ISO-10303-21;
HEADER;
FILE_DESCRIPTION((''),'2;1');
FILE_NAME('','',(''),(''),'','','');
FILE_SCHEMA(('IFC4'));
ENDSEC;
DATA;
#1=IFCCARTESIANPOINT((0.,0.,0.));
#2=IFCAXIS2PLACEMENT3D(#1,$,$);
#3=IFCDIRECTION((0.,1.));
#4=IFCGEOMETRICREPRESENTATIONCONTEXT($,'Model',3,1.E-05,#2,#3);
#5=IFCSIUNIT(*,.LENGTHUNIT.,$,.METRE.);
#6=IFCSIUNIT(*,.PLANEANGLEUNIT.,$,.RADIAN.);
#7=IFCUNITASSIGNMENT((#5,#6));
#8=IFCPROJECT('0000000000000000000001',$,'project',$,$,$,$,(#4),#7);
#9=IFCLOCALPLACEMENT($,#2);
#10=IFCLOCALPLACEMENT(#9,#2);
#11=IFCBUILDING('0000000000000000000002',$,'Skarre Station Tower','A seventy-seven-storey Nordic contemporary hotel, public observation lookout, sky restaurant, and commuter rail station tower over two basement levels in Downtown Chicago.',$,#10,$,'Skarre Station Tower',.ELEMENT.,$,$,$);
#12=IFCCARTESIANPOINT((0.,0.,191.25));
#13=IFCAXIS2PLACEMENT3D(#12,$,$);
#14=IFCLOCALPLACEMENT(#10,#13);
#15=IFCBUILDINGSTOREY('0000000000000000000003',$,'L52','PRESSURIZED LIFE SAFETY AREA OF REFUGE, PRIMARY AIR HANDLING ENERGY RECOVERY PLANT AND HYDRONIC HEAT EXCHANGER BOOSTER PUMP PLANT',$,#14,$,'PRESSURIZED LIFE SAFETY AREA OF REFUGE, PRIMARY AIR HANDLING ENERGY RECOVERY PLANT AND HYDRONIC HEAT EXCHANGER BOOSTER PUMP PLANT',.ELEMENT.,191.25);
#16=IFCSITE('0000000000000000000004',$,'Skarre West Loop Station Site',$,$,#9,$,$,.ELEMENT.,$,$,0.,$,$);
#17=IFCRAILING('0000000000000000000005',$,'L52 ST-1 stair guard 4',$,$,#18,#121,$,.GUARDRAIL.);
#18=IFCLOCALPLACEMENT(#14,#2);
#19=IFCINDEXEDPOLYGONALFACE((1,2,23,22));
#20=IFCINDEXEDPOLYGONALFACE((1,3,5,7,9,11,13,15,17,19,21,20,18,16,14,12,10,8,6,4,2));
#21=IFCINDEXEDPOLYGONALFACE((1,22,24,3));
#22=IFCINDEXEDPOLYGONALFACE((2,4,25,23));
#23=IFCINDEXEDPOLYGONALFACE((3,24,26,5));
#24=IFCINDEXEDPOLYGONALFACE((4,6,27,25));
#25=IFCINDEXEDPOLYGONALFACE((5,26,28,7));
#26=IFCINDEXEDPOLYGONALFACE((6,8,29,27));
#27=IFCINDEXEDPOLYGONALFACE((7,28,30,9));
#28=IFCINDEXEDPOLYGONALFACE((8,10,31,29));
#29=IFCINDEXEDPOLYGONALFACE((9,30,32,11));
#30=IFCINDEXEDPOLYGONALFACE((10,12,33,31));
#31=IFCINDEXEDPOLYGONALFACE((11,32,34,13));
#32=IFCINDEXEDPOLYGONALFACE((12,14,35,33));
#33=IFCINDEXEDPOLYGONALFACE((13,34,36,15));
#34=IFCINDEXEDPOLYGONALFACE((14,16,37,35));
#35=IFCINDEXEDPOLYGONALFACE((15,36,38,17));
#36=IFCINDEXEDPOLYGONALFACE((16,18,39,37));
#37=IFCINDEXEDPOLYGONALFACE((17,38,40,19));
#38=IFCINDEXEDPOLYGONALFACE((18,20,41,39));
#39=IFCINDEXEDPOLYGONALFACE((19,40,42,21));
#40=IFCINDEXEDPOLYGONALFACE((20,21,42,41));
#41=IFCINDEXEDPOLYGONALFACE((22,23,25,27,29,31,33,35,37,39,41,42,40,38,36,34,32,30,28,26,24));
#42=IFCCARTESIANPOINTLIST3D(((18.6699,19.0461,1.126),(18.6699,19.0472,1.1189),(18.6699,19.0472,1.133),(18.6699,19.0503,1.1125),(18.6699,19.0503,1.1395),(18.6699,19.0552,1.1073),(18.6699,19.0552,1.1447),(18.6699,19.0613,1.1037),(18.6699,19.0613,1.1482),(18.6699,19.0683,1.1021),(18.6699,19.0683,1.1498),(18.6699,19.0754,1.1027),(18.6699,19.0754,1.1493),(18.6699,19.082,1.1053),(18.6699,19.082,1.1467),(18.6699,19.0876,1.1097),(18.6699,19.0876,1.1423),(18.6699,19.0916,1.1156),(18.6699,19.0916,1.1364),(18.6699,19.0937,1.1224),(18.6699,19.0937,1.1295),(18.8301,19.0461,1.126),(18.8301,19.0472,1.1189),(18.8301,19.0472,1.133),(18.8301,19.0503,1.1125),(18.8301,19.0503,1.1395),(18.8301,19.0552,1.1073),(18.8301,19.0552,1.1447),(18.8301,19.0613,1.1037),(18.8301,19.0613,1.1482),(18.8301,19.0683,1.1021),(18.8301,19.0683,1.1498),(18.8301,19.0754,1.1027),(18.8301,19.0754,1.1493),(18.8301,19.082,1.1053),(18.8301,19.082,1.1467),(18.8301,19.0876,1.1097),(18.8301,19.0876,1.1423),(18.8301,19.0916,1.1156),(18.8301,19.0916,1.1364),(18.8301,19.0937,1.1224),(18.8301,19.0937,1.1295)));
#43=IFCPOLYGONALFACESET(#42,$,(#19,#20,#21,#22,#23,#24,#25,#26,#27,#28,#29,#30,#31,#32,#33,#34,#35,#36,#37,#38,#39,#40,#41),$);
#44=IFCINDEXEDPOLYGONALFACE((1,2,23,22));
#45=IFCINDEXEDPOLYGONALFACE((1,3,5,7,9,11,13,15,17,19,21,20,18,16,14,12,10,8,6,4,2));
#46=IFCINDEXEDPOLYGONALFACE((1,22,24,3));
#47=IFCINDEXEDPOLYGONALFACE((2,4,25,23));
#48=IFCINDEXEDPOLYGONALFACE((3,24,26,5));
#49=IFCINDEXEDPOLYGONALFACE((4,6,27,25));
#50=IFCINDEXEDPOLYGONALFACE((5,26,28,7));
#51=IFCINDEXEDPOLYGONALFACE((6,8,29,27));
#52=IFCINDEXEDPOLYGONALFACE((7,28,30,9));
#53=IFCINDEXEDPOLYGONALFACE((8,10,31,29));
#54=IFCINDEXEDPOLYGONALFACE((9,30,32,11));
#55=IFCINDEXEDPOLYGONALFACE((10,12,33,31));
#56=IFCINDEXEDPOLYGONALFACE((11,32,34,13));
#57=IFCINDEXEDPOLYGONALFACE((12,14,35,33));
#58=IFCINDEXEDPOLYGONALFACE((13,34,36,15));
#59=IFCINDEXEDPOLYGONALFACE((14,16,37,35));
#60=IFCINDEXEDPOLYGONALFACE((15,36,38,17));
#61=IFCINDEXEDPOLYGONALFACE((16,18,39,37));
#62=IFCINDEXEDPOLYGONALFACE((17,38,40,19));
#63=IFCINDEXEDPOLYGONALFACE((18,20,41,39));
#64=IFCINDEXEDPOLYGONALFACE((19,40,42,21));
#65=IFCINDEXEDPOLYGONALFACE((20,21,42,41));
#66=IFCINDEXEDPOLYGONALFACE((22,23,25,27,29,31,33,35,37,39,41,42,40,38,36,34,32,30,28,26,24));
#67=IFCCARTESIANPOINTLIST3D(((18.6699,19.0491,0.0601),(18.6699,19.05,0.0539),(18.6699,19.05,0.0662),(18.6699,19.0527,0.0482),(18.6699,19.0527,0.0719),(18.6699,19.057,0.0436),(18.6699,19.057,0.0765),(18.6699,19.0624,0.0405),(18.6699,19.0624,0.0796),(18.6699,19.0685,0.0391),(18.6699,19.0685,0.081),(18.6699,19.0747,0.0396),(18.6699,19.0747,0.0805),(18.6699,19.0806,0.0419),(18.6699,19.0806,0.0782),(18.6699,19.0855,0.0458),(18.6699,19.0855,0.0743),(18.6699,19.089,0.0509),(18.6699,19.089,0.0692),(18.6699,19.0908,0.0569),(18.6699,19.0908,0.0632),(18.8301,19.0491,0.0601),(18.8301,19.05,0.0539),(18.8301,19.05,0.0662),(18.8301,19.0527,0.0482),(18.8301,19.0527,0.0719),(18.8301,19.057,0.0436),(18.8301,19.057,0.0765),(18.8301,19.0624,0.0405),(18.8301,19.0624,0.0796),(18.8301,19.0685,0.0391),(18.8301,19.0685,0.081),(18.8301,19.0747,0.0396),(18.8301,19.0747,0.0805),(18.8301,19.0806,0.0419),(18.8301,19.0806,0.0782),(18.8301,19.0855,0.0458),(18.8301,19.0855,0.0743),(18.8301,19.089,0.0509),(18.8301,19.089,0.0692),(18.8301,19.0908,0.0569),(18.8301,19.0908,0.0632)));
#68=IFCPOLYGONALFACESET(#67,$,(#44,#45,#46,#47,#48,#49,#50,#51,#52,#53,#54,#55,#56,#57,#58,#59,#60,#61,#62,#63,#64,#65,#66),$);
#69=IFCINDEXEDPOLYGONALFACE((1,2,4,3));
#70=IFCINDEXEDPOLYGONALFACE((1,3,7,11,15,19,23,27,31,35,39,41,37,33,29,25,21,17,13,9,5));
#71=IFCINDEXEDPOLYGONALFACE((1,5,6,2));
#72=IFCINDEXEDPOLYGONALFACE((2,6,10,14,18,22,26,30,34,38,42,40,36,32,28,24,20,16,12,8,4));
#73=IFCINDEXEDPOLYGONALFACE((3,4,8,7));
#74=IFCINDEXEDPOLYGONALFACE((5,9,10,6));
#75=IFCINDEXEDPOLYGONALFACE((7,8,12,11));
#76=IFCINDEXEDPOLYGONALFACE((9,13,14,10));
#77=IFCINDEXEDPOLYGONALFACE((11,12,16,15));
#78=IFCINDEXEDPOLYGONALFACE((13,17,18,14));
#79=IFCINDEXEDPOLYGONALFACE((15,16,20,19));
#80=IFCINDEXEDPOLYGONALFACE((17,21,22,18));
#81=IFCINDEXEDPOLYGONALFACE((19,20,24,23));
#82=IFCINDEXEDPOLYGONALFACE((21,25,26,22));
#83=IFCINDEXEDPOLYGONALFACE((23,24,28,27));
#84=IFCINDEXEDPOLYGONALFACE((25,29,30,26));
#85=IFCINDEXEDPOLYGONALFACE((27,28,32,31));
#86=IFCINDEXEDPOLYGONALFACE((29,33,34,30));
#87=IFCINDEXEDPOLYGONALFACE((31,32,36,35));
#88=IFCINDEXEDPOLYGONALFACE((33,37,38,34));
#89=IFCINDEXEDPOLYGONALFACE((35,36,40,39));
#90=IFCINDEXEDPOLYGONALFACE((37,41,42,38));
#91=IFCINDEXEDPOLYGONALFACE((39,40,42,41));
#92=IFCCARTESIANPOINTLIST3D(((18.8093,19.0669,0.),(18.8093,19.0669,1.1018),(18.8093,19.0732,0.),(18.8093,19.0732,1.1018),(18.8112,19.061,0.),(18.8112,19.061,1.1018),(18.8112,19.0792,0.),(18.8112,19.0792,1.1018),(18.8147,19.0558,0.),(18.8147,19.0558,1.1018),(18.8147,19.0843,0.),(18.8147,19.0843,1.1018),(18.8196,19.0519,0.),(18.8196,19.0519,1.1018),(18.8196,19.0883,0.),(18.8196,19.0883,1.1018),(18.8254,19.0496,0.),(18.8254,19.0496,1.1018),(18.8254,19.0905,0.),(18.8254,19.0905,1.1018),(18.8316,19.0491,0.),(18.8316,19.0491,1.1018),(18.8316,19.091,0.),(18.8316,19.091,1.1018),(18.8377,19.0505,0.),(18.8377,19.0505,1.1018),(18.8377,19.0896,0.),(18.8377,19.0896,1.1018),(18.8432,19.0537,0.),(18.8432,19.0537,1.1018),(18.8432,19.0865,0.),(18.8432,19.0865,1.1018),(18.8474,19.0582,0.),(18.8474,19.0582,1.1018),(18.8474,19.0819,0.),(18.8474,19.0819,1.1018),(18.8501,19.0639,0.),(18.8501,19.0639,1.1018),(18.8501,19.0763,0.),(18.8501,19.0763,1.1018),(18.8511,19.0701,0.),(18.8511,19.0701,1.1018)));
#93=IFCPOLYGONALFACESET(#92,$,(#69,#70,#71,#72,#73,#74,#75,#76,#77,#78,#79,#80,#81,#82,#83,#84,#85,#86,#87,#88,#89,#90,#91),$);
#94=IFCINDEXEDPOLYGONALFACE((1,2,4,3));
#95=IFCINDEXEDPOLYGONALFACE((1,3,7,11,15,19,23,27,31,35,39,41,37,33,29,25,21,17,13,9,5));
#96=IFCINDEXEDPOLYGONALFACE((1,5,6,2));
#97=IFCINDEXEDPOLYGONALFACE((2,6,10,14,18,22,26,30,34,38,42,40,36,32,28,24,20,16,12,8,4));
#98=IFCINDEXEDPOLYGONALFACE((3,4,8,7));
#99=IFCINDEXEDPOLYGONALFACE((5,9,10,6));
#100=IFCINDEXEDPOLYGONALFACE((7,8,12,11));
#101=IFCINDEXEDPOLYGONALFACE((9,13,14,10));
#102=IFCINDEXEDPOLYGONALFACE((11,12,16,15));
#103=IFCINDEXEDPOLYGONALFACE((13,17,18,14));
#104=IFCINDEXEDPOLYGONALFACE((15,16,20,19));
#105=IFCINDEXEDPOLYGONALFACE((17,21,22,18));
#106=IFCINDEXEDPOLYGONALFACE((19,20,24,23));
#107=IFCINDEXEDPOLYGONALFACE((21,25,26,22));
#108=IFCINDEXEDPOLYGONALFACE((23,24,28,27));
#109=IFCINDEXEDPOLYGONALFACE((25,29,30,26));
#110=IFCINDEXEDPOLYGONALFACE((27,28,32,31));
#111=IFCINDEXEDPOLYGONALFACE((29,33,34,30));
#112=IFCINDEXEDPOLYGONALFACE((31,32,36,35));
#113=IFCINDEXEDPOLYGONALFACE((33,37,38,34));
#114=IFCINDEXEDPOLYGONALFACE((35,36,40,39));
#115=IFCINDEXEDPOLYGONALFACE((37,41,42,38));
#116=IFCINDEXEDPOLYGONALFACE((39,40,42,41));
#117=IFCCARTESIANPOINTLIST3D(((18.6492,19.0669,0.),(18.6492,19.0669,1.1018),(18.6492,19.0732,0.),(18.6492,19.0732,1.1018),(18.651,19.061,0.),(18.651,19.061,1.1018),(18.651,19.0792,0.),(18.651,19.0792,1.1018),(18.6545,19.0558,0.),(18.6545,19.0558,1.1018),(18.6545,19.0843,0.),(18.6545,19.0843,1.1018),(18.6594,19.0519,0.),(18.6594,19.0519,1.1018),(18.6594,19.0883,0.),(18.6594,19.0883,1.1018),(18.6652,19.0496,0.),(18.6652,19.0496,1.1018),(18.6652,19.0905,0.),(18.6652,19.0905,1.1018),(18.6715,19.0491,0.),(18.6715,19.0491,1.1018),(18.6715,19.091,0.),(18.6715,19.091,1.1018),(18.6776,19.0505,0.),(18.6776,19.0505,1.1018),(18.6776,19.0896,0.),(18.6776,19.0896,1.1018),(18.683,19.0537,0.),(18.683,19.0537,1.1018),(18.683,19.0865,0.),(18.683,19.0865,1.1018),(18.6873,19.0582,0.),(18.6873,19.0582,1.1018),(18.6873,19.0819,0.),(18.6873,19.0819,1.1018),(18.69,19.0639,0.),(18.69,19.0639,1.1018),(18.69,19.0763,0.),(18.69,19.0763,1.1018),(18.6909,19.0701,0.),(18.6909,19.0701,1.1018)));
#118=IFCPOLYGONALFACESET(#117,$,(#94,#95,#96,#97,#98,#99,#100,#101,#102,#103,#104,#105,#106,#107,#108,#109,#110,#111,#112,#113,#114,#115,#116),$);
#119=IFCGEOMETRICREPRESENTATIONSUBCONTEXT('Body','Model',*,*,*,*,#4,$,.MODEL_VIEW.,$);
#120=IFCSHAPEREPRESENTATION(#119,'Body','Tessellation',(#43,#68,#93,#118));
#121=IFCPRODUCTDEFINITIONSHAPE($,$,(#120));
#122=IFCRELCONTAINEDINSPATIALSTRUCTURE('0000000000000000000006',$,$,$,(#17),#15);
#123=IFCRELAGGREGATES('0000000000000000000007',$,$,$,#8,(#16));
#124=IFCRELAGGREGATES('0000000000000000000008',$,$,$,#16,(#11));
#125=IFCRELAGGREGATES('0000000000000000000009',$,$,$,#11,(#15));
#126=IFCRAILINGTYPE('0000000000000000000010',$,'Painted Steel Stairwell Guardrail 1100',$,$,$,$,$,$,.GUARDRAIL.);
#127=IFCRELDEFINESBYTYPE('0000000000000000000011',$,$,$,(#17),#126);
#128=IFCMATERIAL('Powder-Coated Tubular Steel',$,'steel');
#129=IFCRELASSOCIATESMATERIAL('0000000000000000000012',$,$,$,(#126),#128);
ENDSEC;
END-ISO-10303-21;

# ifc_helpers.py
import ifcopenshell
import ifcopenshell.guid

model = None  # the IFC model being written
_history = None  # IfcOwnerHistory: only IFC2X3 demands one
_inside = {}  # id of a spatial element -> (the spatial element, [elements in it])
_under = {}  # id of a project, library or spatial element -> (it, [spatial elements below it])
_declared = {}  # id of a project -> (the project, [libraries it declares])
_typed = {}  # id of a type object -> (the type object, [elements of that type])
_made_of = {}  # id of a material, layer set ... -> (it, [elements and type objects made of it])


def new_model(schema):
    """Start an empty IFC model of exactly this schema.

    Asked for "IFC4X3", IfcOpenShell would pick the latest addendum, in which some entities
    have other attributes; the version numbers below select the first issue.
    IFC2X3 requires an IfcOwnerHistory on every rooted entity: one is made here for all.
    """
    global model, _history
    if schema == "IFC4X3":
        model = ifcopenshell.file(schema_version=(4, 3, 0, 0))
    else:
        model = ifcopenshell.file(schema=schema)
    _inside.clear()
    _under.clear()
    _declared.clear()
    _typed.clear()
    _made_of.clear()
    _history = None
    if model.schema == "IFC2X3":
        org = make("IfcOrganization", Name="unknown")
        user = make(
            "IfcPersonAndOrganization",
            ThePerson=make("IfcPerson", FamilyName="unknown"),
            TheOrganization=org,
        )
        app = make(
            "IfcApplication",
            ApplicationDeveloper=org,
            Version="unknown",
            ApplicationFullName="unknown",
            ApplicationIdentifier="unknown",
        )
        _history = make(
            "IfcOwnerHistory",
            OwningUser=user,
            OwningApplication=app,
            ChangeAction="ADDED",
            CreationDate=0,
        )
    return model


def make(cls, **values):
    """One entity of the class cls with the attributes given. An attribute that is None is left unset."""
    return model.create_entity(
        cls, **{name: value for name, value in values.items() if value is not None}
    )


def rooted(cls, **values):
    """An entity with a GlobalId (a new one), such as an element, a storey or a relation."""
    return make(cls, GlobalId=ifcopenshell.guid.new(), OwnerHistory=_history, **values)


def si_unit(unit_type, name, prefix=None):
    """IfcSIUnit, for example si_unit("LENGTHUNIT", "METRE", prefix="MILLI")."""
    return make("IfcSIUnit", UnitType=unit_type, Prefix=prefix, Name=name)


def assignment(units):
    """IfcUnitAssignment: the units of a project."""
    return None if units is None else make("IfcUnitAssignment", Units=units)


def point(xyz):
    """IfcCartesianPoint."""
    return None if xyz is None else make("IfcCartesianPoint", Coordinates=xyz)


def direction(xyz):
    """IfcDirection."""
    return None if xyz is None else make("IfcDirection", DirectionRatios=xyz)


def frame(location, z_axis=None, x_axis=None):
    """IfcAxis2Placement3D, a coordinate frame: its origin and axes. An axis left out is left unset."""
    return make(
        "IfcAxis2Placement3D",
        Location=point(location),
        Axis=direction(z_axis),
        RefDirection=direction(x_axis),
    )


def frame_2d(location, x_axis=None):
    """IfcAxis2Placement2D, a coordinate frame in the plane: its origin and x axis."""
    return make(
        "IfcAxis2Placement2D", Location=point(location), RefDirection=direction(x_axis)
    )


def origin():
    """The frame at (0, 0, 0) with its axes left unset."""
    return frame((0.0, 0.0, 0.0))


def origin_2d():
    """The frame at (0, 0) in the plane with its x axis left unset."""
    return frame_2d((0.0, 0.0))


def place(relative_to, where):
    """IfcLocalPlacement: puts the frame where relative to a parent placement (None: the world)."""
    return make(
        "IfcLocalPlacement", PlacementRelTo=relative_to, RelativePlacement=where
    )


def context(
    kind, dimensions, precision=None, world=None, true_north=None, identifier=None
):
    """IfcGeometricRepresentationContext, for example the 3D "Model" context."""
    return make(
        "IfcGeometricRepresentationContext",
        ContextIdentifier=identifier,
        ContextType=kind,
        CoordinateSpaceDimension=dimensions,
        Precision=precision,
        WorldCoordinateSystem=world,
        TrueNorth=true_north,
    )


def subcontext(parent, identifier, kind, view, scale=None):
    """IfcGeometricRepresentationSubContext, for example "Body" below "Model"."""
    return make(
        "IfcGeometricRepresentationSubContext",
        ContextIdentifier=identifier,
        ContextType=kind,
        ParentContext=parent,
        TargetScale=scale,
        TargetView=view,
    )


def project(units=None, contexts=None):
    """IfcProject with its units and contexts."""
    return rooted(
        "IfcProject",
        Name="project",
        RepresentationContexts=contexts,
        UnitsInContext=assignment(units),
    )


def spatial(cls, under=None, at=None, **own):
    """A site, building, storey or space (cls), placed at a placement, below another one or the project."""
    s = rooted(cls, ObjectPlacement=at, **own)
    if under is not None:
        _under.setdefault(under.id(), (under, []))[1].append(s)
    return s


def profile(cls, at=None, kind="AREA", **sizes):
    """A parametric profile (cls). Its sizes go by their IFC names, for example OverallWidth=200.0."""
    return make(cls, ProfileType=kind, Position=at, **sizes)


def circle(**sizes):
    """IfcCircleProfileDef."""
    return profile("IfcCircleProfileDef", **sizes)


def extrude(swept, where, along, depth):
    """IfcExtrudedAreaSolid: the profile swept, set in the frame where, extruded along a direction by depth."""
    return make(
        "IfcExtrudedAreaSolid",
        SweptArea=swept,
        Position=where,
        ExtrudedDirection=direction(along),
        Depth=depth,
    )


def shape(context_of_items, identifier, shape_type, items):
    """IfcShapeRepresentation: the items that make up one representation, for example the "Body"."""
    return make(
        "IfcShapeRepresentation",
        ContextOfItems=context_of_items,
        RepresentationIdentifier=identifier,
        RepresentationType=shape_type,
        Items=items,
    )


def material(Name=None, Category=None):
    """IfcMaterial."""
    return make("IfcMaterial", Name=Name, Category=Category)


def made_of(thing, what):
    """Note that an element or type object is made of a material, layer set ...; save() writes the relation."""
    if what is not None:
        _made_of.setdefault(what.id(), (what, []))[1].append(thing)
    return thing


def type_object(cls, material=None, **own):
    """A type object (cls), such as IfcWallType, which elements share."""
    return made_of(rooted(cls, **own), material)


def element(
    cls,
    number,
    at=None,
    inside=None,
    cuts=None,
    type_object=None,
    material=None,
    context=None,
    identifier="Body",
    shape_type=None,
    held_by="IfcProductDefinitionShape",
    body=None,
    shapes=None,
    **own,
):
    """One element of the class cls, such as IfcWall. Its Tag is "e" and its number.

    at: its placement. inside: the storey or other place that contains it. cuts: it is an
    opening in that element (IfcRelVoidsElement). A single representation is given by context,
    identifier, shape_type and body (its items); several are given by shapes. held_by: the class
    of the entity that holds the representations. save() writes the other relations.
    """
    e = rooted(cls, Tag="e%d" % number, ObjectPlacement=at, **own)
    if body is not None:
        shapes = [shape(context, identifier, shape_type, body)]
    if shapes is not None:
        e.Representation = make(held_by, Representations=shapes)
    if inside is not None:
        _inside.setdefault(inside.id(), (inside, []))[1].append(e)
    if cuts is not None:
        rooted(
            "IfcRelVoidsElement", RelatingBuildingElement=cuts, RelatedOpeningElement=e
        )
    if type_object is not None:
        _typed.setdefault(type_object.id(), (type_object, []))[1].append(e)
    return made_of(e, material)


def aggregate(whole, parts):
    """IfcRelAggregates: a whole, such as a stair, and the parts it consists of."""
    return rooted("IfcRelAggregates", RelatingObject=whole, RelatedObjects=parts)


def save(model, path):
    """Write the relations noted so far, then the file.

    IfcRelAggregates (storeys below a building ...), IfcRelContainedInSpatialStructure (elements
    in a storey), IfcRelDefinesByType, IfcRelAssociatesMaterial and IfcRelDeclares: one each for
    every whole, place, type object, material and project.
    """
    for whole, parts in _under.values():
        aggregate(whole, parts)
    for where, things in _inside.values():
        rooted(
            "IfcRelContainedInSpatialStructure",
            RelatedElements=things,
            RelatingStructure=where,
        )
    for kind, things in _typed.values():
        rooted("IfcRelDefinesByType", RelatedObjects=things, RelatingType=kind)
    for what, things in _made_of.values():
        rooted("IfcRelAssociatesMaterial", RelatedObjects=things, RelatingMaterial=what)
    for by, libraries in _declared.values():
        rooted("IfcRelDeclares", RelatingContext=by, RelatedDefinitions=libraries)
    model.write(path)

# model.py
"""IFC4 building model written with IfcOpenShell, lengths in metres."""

from ifc_helpers import new_model, si_unit, direction, frame, origin, origin_2d, place, context, subcontext, project, spatial, circle, extrude, material, type_object, element, save


model = new_model("IFC4")

# Units and contexts
model_context = context("Model", 3, precision=1e-05, world=origin(), true_north=direction((0.0, 1.0)))
body_context = subcontext(model_context, "Body", "Model", "MODEL_VIEW")
ifc_project = project(units=[si_unit("LENGTHUNIT", "METRE"), si_unit("PLANEANGLEUNIT", "RADIAN")], contexts=[model_context])

# Site, building, storey
site_placement = place(None, origin())
site = spatial("IfcSite", under=ifc_project, at=site_placement, Name="Skarre West Loop Station Site", CompositionType="ELEMENT", RefElevation=0.0)
building_placement = place(site_placement, origin())
building = spatial("IfcBuilding", under=site, at=building_placement, Name="Skarre Station Tower", Description="A seventy-seven-storey Nordic contemporary hotel, public observation lookout, sky restaurant, and commuter rail station tower over two basement levels in Downtown Chicago.", LongName="Skarre Station Tower", CompositionType="ELEMENT")
storey_placement = place(building_placement, frame((0.0, 0.0, 191.25)))
storey = spatial("IfcBuildingStorey", under=building, at=storey_placement, Name="L52", Description="PRESSURIZED LIFE SAFETY AREA OF REFUGE, PRIMARY AIR HANDLING ENERGY RECOVERY PLANT AND HYDRONIC HEAT EXCHANGER BOOSTER PUMP PLANT", LongName="PRESSURIZED LIFE SAFETY AREA OF REFUGE, PRIMARY AIR HANDLING ENERGY RECOVERY PLANT AND HYDRONIC HEAT EXCHANGER BOOSTER PUMP PLANT", CompositionType="ELEMENT", Elevation=191.25)

# Railing
ifc_material_1 = material(Name="Powder-Coated Tubular Steel", Category="steel")
railing_type_1 = type_object("IfcRailingType", Name="Painted Steel Stairwell Guardrail 1100", PredefinedType="GUARDRAIL", material=ifc_material_1)
railing_1_placement = place(storey_placement, frame((18.8301, 19.0701, 0.0)))
element("IfcRailing", 1, at=railing_1_placement, inside=storey, type_object=railing_type_1, Name="L52 ST-1 stair guard 4", PredefinedType="GUARDRAIL", context=body_context, shape_type="SweptSolid", body=[
    extrude(circle(Radius=0.0239, at=origin_2d()), frame((0.0, 0.0, 1.126), z_axis=(-1.0, 0.0, 0.0), x_axis=(0.0, -1.0, 0.0)), (0.0, 0.0, 1.0), 0.1602),
    extrude(circle(Radius=0.021, at=origin_2d()), frame((0.0, 0.0, 0.0601), z_axis=(-1.0, 0.0, 0.0), x_axis=(0.0, -1.0, 0.0)), (0.0, 0.0, 1.0), 0.1602),
    extrude(circle(Radius=0.021, at=origin_2d()), origin(), (0.0, 0.0, 1.0), 1.1018),
    extrude(circle(Radius=0.021, at=origin_2d()), frame((-0.1602, 0.0, 0.0)), (0.0, 0.0, 1.0), 1.1018),
])

save(model, "model.ifc")
